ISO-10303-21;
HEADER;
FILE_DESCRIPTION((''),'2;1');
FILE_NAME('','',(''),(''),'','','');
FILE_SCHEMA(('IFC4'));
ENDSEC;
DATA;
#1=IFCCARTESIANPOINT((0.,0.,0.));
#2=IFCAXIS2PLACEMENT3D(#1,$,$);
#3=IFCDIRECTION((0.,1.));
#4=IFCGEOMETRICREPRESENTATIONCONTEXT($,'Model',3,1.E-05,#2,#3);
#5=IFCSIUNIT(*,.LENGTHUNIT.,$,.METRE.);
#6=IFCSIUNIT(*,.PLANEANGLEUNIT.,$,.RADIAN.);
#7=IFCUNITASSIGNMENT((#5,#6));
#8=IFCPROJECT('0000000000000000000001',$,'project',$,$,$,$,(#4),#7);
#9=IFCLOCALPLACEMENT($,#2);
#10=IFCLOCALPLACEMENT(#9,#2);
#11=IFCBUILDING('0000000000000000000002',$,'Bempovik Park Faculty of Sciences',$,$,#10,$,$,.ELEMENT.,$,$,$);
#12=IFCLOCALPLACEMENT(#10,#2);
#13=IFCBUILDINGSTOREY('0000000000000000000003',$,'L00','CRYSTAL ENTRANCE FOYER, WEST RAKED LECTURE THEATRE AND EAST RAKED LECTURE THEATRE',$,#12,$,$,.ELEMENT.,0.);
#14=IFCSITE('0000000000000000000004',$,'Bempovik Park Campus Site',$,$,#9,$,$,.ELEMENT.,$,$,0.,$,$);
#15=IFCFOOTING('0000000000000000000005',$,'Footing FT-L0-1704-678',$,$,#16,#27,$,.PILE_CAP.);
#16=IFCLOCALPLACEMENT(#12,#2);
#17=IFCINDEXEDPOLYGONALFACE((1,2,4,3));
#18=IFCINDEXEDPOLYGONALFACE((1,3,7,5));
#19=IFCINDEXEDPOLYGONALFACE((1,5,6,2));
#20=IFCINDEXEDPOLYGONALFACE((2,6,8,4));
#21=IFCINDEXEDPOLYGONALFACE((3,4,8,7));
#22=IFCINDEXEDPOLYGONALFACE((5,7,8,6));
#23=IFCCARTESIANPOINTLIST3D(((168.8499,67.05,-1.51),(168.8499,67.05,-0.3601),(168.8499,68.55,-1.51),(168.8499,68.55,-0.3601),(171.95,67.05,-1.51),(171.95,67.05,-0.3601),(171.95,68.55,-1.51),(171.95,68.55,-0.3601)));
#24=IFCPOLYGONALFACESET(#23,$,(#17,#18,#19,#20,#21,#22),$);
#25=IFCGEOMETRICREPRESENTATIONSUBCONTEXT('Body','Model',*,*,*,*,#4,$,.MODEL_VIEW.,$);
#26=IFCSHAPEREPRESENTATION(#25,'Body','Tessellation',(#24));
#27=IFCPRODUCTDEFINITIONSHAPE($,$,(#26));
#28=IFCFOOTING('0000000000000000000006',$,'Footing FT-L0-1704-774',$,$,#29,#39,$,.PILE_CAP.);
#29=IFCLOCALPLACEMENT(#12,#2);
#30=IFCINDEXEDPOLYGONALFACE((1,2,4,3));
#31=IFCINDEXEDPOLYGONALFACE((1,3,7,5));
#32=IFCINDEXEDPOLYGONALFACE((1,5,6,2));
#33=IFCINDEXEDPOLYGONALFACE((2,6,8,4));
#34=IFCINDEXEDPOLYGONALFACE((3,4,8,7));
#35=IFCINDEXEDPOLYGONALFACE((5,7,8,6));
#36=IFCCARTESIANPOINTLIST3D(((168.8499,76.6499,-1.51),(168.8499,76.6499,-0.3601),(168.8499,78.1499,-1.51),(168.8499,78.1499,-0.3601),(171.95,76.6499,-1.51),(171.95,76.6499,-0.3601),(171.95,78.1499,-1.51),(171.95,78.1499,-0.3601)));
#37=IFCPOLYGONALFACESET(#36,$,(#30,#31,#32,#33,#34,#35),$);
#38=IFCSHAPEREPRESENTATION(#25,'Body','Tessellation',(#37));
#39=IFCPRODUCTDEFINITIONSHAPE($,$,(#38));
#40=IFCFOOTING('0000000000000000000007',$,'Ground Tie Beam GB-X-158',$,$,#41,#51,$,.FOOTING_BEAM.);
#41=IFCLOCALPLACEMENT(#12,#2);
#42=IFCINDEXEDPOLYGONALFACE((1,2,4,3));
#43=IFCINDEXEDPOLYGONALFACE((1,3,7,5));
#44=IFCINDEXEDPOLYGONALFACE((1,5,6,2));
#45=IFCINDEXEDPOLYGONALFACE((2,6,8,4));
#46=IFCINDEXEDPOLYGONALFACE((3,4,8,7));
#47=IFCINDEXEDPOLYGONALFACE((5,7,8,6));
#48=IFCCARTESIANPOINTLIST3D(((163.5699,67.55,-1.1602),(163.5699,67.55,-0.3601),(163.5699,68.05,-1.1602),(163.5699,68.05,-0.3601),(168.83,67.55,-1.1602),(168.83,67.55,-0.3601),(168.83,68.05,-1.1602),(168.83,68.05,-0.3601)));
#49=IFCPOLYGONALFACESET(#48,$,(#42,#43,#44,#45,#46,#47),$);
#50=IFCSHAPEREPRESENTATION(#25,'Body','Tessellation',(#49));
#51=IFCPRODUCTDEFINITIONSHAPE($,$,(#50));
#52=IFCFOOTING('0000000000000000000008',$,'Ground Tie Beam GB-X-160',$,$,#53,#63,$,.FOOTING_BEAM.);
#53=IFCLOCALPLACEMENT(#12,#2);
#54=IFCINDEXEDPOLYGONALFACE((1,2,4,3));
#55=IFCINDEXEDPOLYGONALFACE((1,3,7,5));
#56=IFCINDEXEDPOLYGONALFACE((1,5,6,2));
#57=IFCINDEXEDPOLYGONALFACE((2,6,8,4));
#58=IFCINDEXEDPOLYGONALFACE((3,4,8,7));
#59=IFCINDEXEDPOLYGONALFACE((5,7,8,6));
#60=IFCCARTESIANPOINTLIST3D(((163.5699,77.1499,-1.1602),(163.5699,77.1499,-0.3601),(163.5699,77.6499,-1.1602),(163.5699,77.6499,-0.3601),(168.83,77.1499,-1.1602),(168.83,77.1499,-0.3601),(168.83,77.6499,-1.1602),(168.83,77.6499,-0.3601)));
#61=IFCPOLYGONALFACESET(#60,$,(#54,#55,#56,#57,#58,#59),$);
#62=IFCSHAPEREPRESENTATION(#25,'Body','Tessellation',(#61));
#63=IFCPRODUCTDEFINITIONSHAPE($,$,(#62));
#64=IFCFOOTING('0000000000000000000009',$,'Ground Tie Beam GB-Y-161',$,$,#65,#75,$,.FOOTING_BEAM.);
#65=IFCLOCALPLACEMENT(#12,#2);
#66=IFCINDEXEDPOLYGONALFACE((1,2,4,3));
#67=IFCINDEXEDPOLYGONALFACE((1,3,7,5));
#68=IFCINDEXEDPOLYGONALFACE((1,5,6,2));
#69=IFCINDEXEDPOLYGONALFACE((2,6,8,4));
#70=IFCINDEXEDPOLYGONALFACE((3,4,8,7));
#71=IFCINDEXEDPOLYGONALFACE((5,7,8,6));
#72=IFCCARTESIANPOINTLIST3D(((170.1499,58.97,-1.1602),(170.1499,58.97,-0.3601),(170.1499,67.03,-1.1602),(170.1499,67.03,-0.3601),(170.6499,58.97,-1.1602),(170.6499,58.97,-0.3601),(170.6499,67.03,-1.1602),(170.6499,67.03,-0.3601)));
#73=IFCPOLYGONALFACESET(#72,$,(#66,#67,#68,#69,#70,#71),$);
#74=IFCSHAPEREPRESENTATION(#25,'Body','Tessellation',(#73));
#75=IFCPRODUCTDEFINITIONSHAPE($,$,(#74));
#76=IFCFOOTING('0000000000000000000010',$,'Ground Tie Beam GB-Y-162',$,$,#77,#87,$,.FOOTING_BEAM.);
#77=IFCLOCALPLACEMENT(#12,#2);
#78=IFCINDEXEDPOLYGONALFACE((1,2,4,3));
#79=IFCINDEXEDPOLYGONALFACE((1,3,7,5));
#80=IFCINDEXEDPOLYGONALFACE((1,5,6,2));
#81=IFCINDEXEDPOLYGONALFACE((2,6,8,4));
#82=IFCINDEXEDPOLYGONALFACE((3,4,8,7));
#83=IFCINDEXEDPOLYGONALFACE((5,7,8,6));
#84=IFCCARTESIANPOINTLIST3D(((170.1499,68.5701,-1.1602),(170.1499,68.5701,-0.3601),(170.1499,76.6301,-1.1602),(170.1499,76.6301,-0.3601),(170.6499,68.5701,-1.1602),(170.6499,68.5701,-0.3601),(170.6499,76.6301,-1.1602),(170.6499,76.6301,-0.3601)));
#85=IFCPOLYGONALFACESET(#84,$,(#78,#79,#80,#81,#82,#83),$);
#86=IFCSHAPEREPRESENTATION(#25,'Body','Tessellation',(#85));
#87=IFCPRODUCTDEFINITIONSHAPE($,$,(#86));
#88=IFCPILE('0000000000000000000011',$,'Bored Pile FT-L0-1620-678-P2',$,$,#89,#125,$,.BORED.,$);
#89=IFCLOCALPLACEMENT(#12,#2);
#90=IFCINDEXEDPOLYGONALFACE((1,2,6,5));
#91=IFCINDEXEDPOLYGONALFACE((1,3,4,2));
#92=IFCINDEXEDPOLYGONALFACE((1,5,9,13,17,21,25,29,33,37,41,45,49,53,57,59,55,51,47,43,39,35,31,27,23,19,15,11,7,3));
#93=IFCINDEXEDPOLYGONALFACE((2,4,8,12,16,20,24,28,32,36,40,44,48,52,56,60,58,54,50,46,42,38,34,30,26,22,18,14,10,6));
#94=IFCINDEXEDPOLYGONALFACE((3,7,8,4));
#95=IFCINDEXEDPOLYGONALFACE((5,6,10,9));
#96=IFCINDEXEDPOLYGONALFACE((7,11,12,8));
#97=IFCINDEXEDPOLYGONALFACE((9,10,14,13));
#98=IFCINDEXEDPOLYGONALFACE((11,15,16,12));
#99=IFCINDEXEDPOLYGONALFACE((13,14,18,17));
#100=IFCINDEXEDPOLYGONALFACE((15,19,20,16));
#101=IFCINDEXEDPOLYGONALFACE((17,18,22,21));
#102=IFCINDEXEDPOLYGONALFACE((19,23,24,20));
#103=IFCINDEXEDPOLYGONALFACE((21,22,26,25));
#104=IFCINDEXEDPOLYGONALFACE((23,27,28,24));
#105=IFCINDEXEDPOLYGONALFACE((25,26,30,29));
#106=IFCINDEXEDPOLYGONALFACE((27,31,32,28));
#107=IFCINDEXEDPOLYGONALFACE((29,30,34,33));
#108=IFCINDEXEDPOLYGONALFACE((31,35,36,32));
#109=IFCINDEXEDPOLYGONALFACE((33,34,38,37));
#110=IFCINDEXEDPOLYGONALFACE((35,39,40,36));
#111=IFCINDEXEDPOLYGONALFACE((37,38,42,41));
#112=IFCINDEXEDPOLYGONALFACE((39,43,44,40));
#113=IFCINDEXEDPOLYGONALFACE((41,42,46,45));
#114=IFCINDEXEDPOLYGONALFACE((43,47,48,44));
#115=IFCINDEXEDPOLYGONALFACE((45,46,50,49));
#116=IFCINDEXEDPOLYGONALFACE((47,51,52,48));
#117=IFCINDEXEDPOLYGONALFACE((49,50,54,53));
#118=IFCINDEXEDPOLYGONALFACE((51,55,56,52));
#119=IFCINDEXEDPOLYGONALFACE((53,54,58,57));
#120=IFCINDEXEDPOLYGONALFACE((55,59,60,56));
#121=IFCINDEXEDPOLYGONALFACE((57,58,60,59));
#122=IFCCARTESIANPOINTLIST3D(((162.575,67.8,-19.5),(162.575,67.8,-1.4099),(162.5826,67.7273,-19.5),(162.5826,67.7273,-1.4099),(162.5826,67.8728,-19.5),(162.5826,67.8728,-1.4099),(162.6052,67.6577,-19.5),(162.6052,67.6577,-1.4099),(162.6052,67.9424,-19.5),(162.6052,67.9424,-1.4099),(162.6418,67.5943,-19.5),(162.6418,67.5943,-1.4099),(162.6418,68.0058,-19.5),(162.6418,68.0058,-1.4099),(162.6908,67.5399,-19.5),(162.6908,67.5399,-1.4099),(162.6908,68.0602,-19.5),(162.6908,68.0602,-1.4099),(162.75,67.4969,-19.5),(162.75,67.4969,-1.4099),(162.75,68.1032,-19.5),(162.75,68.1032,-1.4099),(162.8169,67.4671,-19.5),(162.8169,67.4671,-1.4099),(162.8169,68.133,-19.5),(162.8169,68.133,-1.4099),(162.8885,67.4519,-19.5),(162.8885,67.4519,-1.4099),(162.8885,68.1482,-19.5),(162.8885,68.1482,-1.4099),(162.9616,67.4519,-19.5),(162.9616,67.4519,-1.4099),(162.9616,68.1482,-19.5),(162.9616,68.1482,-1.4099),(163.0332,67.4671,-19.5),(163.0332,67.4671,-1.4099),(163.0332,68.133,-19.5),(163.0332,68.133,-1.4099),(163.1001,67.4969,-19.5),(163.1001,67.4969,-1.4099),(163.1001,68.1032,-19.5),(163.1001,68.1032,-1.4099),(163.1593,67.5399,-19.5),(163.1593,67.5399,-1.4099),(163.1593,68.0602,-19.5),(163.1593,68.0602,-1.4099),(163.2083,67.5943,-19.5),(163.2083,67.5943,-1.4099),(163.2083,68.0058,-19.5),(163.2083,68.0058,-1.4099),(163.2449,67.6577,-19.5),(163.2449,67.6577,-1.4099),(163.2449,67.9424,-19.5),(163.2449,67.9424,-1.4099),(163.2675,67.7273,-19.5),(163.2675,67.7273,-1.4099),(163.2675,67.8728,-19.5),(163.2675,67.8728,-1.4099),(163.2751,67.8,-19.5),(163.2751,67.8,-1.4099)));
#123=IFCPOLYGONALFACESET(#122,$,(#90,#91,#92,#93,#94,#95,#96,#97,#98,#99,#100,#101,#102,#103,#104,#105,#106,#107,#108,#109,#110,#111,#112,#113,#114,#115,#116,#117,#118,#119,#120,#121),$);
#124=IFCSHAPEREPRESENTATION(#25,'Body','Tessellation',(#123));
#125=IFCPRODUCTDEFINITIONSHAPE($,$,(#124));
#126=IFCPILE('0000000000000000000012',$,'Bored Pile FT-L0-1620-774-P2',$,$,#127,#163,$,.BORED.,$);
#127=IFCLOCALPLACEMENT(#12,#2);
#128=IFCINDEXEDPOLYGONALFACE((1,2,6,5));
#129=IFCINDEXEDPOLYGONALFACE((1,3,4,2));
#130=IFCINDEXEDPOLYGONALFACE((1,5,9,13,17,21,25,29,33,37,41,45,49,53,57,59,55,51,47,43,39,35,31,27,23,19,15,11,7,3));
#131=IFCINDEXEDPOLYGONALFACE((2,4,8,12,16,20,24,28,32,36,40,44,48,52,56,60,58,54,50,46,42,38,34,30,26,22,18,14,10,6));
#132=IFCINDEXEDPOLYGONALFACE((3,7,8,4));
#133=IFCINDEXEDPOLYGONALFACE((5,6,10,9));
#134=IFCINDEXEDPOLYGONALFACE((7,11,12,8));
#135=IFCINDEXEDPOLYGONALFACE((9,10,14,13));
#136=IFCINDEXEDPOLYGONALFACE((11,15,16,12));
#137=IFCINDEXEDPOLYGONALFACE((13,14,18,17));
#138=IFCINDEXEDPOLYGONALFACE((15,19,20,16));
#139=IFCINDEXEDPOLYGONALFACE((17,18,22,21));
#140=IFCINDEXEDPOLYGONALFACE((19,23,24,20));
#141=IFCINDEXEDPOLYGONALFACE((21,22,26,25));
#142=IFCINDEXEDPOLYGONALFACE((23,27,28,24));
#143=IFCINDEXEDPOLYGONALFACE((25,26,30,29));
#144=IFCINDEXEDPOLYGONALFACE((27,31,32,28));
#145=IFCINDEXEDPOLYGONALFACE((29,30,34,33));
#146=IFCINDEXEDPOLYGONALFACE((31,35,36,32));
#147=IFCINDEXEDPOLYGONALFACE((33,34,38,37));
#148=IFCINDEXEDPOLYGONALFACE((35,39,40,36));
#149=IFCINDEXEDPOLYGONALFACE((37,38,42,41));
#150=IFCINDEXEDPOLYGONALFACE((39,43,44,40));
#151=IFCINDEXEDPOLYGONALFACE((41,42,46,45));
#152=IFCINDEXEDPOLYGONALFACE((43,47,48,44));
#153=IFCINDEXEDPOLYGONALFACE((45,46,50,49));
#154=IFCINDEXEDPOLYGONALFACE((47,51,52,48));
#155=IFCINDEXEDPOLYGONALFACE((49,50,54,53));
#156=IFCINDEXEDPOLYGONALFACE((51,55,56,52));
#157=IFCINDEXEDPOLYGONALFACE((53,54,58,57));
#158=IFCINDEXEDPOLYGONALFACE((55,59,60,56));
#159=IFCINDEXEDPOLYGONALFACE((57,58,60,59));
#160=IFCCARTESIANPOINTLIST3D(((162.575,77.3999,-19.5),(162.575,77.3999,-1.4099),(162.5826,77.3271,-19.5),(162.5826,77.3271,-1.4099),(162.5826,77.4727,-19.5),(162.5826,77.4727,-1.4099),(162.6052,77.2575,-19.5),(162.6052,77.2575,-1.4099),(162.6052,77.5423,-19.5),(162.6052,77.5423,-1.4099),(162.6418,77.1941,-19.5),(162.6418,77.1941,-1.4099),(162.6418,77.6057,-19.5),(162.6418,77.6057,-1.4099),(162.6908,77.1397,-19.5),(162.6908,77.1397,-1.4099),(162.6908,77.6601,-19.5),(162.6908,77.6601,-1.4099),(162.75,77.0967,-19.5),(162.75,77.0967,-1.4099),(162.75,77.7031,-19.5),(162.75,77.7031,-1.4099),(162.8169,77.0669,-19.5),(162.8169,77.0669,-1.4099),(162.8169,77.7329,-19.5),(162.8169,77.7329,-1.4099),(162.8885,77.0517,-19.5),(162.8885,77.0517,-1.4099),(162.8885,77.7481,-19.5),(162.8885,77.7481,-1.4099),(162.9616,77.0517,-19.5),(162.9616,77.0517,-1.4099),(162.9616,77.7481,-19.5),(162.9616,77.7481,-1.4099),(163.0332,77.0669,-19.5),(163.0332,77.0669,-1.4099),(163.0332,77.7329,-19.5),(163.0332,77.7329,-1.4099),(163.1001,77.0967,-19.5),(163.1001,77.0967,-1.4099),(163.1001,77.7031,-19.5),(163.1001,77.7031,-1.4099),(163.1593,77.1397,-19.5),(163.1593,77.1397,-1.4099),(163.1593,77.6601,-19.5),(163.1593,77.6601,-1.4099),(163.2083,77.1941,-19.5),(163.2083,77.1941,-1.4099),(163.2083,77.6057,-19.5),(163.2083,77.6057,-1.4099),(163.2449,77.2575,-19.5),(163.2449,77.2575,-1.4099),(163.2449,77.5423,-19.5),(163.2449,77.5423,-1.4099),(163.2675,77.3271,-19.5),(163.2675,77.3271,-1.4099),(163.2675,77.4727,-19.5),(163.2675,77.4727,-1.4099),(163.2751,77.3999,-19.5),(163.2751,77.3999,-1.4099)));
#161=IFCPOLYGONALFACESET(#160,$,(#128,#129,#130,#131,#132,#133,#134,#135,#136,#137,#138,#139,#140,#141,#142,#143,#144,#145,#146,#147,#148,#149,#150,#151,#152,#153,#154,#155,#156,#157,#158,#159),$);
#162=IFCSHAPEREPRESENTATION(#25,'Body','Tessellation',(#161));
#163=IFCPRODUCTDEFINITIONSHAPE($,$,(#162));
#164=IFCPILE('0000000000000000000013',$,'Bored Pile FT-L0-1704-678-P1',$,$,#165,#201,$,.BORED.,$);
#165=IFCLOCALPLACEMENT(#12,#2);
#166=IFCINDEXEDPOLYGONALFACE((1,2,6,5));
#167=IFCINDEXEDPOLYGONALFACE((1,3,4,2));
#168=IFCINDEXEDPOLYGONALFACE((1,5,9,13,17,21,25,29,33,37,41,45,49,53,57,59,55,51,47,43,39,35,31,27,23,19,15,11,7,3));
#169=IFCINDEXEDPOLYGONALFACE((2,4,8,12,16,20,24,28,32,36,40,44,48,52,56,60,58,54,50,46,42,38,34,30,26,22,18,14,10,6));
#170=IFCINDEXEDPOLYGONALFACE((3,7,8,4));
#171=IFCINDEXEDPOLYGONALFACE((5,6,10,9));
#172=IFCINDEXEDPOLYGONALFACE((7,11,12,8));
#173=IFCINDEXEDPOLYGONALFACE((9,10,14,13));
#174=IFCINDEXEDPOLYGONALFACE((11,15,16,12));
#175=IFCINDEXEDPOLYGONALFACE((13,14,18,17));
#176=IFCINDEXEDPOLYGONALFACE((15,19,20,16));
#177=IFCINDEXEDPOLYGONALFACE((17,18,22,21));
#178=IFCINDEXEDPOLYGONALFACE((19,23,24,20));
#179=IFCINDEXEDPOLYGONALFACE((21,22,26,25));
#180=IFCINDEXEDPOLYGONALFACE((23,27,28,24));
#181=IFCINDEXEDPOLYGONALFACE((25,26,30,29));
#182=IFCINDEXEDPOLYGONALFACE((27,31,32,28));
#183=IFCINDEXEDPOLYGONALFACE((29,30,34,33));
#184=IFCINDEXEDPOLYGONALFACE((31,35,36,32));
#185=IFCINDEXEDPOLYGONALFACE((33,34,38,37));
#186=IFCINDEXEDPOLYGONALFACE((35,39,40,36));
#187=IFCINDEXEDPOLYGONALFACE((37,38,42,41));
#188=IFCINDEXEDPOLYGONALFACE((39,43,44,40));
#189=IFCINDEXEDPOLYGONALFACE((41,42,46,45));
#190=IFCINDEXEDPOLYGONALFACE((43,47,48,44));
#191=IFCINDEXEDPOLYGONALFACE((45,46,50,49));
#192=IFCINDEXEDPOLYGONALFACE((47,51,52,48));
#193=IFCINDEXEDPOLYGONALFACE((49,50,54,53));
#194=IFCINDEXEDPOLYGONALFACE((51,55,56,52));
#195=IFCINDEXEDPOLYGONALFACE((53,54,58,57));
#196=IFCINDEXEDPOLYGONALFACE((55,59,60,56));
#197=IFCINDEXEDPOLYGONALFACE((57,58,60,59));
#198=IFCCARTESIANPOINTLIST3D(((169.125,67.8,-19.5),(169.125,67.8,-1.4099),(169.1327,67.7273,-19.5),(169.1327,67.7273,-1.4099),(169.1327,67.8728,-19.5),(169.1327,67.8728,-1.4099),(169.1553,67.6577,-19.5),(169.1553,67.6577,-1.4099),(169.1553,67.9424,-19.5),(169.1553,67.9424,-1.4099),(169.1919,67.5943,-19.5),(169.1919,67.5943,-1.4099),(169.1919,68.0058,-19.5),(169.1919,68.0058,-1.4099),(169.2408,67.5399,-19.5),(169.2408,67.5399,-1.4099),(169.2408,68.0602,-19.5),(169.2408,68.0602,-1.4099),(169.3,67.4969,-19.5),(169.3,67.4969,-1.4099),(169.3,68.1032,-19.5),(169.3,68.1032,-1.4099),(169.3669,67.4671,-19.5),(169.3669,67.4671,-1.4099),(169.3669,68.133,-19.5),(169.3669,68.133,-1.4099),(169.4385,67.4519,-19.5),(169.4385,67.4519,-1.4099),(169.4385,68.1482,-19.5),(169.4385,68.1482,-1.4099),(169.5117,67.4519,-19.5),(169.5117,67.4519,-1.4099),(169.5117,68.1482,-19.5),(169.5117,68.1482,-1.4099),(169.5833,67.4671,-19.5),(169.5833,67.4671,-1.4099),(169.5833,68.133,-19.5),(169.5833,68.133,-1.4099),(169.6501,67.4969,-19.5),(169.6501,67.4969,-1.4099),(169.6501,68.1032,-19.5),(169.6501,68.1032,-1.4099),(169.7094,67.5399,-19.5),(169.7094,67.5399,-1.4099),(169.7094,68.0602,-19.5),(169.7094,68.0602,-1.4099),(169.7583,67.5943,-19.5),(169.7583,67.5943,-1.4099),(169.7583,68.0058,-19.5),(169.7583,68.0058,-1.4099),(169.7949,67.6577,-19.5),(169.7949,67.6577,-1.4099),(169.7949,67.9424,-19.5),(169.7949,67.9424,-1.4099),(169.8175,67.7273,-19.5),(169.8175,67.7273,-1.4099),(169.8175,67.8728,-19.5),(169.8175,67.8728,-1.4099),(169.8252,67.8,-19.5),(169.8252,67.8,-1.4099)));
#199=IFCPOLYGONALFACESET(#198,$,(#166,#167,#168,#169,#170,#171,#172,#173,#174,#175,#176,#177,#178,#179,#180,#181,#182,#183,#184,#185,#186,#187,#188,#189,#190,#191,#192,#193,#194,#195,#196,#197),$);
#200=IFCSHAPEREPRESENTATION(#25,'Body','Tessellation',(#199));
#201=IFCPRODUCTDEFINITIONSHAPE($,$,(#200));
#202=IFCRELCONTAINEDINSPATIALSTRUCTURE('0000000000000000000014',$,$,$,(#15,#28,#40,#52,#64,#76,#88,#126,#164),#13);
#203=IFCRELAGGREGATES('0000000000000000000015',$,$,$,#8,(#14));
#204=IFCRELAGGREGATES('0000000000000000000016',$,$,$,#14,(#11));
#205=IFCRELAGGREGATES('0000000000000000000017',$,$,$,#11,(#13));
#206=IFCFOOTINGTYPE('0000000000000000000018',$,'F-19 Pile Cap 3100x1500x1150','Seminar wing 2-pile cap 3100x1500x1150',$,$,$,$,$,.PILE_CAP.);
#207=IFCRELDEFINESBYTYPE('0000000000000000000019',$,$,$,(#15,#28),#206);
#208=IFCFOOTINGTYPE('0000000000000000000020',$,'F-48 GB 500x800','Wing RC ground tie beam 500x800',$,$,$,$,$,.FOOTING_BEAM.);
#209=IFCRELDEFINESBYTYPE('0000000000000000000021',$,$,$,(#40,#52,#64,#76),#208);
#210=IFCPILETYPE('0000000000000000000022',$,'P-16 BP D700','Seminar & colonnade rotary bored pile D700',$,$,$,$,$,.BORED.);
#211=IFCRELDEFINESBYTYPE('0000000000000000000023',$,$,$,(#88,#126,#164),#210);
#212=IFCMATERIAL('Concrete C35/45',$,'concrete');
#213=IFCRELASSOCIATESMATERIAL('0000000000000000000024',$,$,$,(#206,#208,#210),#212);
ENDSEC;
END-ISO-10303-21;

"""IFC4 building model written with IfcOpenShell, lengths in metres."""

from ifc_helpers import new_model, si_unit, direction, frame, origin, origin_2d, place, context, subcontext, project, spatial, rectangle, circle, extrude, material, material_profile, profile_set, type_object, element, save


model = new_model("IFC4")

# Units and contexts
model_context = context("Model", 3, precision=1e-05, world=origin(), true_north=direction((0.0, 1.0)))
body_context = subcontext(model_context, "Body", "Model", "MODEL_VIEW")
ifc_project = project(units=[si_unit("LENGTHUNIT", "METRE"), si_unit("PLANEANGLEUNIT", "RADIAN")], contexts=[model_context])

# Site, building, storey
site_placement = place(None, origin())
site = spatial("IfcSite", under=ifc_project, at=site_placement, Name="Bempovik Park Campus Site", CompositionType="ELEMENT", RefElevation=0.0)
building_placement = place(site_placement, origin())
building = spatial("IfcBuilding", under=site, at=building_placement, Name="Bempovik Park Faculty of Sciences", CompositionType="ELEMENT")
storey_placement = place(building_placement, origin())
storey = spatial("IfcBuildingStorey", under=building, at=storey_placement, Name="L00", Description="CRYSTAL ENTRANCE FOYER, WEST RAKED LECTURE THEATRE AND EAST RAKED LECTURE THEATRE", CompositionType="ELEMENT", Elevation=0.0)

# Footings
ifc_material_1 = material(Name="Concrete C35/45", Category="concrete")
footing_type_1 = type_object("IfcFootingType", Name="F-19 Pile Cap 3100x1500x1150", Description="Seminar wing 2-pile cap 3100x1500x1150", PredefinedType="PILE_CAP", material=ifc_material_1)
for number, where, z_axis, x_axis, name in (
    (1, (170.3999, 67.8, -1.51), (0.0, 0.0, 1.0), (1.0, 0.0, 0.0), "Footing FT-L0-1704-678"),
    (2, (170.3999, 77.3999, -1.51), (0.0, 0.0, 1.0), (1.0, 0.0, 0.0), "Footing FT-L0-1704-774"),
):
    element("IfcFooting", number, at=place(storey_placement, frame(where, z_axis=z_axis, x_axis=x_axis)), inside=storey, type_object=footing_type_1, Name=name, PredefinedType="PILE_CAP", context=body_context, shape_type="SweptSolid", body=[
        extrude(rectangle(XDim=3.1001, YDim=1.5, at=origin_2d()), origin(), (0.0, 0.0, 1.0), 1.1499),
    ])
footing_type_2 = type_object("IfcFootingType", Name="F-48 GB 500x800", Description="Wing RC ground tie beam 500x800", PredefinedType="FOOTING_BEAM", material=ifc_material_1)
for number, where, z_axis, x_axis, name in (
    (3, (166.2, 67.8, -1.1602), (0.0, 0.0, 1.0), (1.0, 0.0, 0.0), "Ground Tie Beam GB-X-158"),
    (4, (166.2, 77.3999, -1.1602), (0.0, 0.0, 1.0), (1.0, 0.0, 0.0), "Ground Tie Beam GB-X-160"),
):
    element("IfcFooting", number, at=place(storey_placement, frame(where, z_axis=z_axis, x_axis=x_axis)), inside=storey, type_object=footing_type_2, Name=name, PredefinedType="FOOTING_BEAM", context=body_context, shape_type="SweptSolid", body=[
        extrude(rectangle(XDim=5.26, YDim=0.5, at=origin_2d()), origin(), (0.0, 0.0, 1.0), 0.8),
    ])
for number, where, z_axis, x_axis, name in (
    (5, (170.3999, 63.0, -1.1602), (0.0, 0.0, 1.0), (1.0, 0.0, 0.0), "Ground Tie Beam GB-Y-161"),
    (6, (170.3999, 72.6001, -1.1602), (0.0, 0.0, 1.0), (1.0, 0.0, 0.0), "Ground Tie Beam GB-Y-162"),
):
    element("IfcFooting", number, at=place(storey_placement, frame(where, z_axis=z_axis, x_axis=x_axis)), inside=storey, type_object=footing_type_2, Name=name, PredefinedType="FOOTING_BEAM", context=body_context, shape_type="SweptSolid", body=[
        extrude(rectangle(XDim=0.5, YDim=8.0601, at=origin_2d()), origin(), (0.0, 0.0, 1.0), 0.8),
    ])

# Piles
ifc_material_profile_1 = material_profile(ifc_material_1, circle(Radius=0.3501, at=origin_2d()), Name="BP D700")
ifc_profile_set_1 = profile_set([ifc_material_profile_1], Name="Concrete C35/45")
pile_type = type_object("IfcPileType", Name="P-16 BP D700", Description="Seminar & colonnade rotary bored pile D700", PredefinedType="BORED", material=ifc_profile_set_1)
for number, where, z_axis, x_axis, name in (
    (7, (162.925, 67.8, -1.4099), (0.0, 0.0, -1.0), (1.0, 0.0, 0.0), "Bored Pile FT-L0-1620-678-P2"),
    (8, (162.925, 77.3999, -1.4099), (0.0, 0.0, -1.0), (1.0, 0.0, 0.0), "Bored Pile FT-L0-1620-774-P2"),
    (9, (169.4751, 67.8, -1.4099), (0.0, 0.0, -1.0), (1.0, 0.0, 0.0), "Bored Pile FT-L0-1704-678-P1"),
):
    element("IfcPile", number, at=place(storey_placement, frame(where, z_axis=z_axis, x_axis=x_axis)), inside=storey, type_object=pile_type, Name=name, PredefinedType="BORED", context=body_context, shape_type="SweptSolid", body=[
        extrude(circle(Radius=0.3501, at=origin_2d()), origin(), (0.0, 0.0, 1.0), 18.0901),
    ])

save(model, "model.ifc")
